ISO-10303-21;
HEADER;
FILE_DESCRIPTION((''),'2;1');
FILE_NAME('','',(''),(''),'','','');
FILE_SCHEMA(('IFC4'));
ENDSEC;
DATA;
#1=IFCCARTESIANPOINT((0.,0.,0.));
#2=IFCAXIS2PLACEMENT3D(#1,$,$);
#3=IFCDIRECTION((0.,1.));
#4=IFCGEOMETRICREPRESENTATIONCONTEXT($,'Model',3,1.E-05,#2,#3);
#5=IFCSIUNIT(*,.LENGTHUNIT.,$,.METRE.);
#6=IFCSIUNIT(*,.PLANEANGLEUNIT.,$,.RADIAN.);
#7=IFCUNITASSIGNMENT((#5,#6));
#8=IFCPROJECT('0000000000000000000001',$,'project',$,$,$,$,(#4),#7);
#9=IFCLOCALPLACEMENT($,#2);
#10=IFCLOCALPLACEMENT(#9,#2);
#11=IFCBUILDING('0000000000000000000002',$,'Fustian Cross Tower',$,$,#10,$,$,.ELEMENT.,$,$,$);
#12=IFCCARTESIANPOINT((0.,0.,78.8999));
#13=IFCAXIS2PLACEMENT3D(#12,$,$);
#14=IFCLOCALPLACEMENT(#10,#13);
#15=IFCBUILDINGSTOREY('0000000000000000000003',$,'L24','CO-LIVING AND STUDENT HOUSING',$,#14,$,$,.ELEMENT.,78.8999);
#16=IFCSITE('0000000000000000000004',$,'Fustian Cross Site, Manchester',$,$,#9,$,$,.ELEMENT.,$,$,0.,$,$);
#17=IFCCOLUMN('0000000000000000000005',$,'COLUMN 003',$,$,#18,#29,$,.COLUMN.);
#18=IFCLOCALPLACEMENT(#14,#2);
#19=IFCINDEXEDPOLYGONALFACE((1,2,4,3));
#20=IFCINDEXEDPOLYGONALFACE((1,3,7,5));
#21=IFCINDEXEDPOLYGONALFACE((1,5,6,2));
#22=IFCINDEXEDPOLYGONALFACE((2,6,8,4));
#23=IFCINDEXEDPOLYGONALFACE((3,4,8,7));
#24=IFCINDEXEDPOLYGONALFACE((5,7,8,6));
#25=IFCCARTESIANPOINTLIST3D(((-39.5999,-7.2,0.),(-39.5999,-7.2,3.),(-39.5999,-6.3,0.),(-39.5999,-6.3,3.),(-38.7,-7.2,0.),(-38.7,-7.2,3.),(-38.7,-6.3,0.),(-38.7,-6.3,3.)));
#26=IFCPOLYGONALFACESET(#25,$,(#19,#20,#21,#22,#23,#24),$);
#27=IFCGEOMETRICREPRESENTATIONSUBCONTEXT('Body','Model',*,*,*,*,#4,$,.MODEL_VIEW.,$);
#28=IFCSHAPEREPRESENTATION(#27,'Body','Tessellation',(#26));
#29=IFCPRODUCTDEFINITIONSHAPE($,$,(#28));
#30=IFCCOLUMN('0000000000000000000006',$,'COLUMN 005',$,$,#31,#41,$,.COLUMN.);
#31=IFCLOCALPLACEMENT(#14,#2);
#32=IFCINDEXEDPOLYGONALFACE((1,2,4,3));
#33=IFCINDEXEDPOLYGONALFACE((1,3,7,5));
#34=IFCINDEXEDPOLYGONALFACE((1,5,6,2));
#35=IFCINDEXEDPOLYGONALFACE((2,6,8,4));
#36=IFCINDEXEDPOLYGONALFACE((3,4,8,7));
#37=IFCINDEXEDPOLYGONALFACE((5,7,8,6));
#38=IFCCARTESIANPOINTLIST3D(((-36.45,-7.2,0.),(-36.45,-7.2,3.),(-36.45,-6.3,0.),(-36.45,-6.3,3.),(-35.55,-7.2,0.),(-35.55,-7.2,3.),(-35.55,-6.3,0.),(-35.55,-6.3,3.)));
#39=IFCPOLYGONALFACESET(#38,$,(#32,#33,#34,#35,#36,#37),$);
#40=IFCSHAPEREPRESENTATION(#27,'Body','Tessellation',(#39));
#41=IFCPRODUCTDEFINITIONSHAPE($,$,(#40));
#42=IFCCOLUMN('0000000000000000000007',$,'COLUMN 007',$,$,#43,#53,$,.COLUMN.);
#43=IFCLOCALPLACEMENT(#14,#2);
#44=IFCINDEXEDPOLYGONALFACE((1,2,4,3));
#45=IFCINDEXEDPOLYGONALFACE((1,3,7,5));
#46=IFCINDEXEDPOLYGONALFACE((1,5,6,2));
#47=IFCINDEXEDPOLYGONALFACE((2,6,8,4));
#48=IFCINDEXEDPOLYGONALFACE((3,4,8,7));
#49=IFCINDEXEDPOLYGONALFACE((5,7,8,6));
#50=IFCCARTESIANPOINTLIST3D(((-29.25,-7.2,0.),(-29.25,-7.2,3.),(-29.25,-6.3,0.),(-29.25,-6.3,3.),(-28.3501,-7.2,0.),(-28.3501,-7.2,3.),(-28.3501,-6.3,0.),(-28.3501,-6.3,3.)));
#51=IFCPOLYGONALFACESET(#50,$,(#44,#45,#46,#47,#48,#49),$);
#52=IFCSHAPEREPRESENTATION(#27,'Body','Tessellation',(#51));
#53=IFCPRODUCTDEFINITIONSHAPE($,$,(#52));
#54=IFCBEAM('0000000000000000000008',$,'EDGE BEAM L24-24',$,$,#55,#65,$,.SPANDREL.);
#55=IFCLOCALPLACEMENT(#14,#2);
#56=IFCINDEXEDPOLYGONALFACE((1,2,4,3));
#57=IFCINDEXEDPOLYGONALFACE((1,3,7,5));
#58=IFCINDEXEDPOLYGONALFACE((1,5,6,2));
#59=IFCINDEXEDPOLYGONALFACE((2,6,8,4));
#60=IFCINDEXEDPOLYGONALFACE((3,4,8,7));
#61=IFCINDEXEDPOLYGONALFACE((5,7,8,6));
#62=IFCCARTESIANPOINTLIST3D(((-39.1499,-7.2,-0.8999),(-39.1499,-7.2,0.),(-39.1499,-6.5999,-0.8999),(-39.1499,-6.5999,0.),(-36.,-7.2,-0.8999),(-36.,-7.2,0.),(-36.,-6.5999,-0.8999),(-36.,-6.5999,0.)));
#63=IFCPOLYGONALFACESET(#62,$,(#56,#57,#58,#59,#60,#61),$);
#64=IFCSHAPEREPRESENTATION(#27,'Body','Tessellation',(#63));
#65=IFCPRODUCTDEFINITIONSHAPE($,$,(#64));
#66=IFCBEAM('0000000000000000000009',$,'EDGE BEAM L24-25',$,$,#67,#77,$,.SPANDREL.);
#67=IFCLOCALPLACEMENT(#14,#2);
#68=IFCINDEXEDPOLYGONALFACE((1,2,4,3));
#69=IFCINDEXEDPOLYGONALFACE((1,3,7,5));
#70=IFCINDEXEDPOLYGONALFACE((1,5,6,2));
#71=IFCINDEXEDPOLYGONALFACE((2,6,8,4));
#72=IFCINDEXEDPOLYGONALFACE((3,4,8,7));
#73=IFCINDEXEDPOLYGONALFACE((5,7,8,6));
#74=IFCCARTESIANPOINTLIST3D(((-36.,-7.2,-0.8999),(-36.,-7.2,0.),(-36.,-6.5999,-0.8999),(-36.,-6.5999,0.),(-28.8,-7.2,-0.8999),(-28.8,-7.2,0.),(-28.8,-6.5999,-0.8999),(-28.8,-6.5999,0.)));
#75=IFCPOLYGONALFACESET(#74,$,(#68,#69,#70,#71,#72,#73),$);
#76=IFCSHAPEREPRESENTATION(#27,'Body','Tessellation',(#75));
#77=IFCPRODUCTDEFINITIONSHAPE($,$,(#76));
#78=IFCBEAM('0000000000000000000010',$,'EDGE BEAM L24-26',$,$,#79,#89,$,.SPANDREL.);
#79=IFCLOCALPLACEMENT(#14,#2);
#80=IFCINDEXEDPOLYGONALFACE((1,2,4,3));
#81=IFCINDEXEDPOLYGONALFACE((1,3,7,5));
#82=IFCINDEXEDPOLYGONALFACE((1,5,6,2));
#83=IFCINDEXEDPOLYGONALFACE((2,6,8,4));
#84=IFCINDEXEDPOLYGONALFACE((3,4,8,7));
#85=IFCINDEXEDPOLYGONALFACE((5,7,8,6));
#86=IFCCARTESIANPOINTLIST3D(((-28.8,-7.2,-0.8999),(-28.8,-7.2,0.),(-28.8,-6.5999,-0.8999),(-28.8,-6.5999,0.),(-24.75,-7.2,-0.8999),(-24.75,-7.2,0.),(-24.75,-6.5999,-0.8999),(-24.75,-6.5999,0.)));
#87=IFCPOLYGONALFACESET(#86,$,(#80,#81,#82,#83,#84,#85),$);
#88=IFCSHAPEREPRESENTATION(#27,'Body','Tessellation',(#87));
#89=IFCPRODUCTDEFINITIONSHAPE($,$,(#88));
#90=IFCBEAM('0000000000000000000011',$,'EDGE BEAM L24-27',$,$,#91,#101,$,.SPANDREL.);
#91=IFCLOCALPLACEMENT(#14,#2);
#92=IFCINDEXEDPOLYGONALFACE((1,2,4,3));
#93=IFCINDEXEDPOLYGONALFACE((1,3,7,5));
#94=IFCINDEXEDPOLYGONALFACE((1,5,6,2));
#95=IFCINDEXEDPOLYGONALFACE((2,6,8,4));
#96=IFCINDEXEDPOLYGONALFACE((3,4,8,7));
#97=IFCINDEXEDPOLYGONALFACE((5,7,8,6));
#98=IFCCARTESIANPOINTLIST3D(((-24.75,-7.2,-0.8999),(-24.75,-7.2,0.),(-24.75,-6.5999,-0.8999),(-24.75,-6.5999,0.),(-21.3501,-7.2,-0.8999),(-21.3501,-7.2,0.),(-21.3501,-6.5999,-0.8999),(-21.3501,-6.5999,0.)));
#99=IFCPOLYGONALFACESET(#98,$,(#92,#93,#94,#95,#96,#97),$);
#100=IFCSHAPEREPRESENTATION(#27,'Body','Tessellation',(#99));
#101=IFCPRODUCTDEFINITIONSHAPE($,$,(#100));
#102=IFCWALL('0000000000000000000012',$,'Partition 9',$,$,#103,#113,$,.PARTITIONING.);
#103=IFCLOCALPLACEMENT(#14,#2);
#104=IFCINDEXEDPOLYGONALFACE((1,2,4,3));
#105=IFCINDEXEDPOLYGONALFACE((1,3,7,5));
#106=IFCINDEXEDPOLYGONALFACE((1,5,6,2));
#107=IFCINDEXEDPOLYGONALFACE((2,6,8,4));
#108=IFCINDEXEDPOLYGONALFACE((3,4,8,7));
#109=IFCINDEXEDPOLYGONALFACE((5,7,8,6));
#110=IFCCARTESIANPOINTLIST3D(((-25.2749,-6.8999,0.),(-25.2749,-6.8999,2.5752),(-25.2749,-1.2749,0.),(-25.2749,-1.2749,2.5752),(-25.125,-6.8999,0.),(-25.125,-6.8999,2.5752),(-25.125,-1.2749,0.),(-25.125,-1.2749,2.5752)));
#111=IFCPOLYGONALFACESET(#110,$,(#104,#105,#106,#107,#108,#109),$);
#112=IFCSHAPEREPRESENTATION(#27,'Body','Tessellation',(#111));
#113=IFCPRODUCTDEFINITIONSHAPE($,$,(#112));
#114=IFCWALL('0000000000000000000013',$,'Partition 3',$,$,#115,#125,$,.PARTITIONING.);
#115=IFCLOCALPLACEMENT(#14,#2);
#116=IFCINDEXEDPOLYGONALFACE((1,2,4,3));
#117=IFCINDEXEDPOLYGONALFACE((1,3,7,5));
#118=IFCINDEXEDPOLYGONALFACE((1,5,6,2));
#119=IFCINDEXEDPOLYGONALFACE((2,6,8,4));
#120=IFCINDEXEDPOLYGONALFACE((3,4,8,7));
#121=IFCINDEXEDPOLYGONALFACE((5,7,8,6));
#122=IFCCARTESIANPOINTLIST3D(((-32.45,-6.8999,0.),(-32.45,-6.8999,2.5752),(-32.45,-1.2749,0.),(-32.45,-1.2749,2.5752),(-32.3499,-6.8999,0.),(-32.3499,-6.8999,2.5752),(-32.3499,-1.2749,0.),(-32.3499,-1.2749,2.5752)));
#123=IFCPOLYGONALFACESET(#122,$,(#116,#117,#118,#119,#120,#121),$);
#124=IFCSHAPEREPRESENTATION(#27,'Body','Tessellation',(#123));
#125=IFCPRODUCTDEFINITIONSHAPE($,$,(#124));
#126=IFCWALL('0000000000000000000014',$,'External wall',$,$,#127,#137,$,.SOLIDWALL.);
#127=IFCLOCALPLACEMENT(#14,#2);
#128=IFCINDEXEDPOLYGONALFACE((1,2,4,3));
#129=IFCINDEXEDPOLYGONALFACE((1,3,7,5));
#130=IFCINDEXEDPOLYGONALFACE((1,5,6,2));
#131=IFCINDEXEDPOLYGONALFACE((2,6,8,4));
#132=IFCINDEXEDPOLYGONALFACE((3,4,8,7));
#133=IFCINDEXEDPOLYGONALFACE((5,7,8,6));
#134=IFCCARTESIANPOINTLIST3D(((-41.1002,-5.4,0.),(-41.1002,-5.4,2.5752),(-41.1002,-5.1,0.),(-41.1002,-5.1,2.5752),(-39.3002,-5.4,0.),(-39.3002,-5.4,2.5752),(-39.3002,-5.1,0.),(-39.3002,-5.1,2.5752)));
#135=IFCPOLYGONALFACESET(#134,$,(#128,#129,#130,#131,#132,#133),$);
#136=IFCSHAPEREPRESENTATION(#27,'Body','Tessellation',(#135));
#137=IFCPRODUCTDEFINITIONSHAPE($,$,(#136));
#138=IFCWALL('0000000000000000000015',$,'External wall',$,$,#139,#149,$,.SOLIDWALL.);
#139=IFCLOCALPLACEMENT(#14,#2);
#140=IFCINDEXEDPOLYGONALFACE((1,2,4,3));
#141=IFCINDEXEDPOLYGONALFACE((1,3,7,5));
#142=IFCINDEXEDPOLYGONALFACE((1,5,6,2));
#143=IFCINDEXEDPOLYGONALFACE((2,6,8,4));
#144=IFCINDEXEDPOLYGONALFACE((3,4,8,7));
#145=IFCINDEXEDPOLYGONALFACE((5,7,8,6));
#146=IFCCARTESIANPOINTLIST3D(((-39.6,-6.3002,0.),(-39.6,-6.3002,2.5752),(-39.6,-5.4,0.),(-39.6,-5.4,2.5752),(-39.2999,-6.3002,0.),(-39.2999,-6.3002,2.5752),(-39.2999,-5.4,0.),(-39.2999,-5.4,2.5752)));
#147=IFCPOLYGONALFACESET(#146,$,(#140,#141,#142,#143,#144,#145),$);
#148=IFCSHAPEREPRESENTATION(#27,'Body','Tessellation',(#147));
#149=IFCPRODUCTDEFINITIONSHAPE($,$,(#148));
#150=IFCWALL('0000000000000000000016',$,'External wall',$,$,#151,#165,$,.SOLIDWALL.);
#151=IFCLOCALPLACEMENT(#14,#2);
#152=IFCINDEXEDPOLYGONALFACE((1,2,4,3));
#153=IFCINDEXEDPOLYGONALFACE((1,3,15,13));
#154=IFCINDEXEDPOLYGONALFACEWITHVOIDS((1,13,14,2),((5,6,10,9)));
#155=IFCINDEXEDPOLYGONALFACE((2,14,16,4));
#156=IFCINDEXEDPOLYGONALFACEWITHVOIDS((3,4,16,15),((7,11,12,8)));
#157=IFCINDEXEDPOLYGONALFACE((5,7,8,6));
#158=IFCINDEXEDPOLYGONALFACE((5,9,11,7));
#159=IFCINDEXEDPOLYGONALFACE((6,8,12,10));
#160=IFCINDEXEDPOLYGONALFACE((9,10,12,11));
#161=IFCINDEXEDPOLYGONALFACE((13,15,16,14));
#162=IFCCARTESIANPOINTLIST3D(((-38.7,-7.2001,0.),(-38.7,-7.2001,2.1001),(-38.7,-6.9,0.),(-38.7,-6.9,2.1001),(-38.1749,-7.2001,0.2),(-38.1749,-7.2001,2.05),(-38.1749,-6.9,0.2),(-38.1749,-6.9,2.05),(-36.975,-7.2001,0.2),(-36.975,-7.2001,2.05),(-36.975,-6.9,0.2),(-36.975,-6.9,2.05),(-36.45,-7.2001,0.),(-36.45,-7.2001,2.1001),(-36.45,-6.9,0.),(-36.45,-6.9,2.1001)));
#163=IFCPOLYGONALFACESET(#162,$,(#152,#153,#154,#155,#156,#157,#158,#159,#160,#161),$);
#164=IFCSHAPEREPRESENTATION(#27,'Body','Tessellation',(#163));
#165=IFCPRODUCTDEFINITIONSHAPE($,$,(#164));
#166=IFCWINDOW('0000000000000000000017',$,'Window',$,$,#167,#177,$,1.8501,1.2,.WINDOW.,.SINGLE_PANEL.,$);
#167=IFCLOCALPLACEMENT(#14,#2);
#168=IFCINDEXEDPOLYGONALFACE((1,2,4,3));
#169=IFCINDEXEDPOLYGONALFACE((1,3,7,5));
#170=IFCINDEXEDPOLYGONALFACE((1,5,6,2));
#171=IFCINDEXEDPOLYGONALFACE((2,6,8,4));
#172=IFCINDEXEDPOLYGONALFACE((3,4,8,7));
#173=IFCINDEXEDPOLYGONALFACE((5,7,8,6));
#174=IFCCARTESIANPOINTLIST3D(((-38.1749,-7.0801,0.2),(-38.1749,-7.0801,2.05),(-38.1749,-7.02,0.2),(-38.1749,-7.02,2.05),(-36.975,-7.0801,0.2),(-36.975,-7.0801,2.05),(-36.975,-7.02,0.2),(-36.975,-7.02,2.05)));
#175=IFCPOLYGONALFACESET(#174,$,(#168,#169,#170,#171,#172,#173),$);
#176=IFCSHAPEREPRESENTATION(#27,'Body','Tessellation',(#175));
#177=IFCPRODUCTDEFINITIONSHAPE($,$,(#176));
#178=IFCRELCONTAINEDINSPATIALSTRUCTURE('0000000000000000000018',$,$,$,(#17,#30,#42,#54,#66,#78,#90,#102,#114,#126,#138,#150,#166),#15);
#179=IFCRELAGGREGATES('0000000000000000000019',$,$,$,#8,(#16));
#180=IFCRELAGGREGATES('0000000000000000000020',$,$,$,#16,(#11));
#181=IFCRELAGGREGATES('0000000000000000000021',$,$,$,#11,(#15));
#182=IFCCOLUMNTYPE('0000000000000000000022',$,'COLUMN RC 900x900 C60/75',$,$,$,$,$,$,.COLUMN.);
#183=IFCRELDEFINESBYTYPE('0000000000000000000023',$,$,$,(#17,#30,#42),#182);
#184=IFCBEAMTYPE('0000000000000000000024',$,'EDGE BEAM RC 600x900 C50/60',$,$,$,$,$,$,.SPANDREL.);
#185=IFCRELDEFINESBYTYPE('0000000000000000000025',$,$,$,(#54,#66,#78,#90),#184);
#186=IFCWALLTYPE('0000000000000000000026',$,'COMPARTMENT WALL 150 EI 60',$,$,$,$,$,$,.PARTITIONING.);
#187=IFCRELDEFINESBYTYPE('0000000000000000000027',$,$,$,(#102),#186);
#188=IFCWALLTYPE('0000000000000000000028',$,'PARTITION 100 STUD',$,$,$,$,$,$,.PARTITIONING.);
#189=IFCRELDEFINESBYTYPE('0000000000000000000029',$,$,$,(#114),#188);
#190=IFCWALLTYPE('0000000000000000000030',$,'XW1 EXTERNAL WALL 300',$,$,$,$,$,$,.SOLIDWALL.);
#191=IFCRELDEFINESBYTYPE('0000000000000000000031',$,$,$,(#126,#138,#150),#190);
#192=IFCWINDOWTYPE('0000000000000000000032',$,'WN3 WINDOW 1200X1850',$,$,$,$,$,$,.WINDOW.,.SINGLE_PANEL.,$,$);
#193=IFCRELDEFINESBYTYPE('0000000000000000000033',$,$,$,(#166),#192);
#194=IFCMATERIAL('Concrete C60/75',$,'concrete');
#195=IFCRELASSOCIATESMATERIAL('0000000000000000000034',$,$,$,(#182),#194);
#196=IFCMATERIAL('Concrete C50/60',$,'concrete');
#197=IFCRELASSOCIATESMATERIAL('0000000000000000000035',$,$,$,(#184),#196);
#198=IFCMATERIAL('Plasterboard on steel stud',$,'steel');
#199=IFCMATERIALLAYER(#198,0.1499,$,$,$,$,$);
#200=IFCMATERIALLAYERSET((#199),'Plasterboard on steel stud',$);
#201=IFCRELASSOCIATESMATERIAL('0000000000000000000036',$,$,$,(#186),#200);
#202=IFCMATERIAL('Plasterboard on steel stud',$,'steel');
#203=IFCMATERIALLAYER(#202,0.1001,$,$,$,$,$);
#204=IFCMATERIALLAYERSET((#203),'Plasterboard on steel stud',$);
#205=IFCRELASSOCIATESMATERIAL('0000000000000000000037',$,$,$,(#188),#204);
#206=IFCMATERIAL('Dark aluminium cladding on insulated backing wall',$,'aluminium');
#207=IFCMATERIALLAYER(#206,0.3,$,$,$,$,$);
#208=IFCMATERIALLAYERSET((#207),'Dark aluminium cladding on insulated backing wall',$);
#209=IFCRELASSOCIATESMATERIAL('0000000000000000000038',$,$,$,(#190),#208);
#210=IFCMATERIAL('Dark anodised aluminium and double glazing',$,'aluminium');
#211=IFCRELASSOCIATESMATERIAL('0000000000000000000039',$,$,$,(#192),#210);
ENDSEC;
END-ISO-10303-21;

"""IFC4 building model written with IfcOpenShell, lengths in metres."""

from ifc_helpers import new_model, si_unit, direction, frame, frame_2d, origin, origin_2d, place, context, subcontext, project, spatial, rectangle, extrude, material, layer, layer_set, material_profile, profile_set, type_object, element, fill, save


model = new_model("IFC4")

# Units and contexts
model_context = context("Model", 3, precision=1e-05, world=origin(), true_north=direction((0.0, 1.0)))
body_context = subcontext(model_context, "Body", "Model", "MODEL_VIEW")
ifc_project = project(units=[si_unit("LENGTHUNIT", "METRE"), si_unit("PLANEANGLEUNIT", "RADIAN")], contexts=[model_context])

# Site, building, storey
site_placement = place(None, origin())
site = spatial("IfcSite", under=ifc_project, at=site_placement, Name="Fustian Cross Site, Manchester", CompositionType="ELEMENT", RefElevation=0.0)
building_placement = place(site_placement, origin())
building = spatial("IfcBuilding", under=site, at=building_placement, Name="Fustian Cross Tower", CompositionType="ELEMENT")
storey_placement = place(building_placement, frame((0.0, 0.0, 78.8999)))
storey = spatial("IfcBuildingStorey", under=building, at=storey_placement, Name="L24", Description="CO-LIVING AND STUDENT HOUSING", CompositionType="ELEMENT", Elevation=78.8999)

# Columns
ifc_material_1 = material(Name="Concrete C60/75", Category="concrete")
ifc_material_profile_1 = material_profile(ifc_material_1, rectangle(XDim=0.8999, YDim=0.8999, at=origin_2d()), Name="RC 900x900")
ifc_profile_set_1 = profile_set([ifc_material_profile_1], Name="Concrete C60/75")
column_type = type_object("IfcColumnType", Name="COLUMN RC 900x900 C60/75", PredefinedType="COLUMN", material=ifc_profile_set_1)
for number, where, z_axis, x_axis, name in (
    (1, (-39.1499, -6.75, 0.0), (0.0, 0.0, 1.0), (1.0, 0.0, 0.0), "COLUMN 003"),
    (2, (-36.0, -6.75, 0.0), (0.0, 0.0, 1.0), (1.0, 0.0, 0.0), "COLUMN 005"),
    (3, (-28.8, -6.75, 0.0), (0.0, 0.0, 1.0), (1.0, 0.0, 0.0), "COLUMN 007"),
):
    element("IfcColumn", number, at=place(storey_placement, frame(where, z_axis=z_axis, x_axis=x_axis)), inside=storey, type_object=column_type, Name=name, PredefinedType="COLUMN", context=body_context, shape_type="SweptSolid", body=[
        extrude(rectangle(XDim=0.8999, YDim=0.8999, at=origin_2d()), origin(), (0.0, 0.0, 1.0), 3.0),
    ])

# Beams
ifc_material_2 = material(Name="Concrete C50/60", Category="concrete")
ifc_material_profile_2 = material_profile(ifc_material_2, rectangle(XDim=0.6001, YDim=0.8999, at=origin_2d()), Name="RC 600x900")
ifc_profile_set_2 = profile_set([ifc_material_profile_2], Name="Concrete C50/60")
beam_type = type_object("IfcBeamType", Name="EDGE BEAM RC 600x900 C50/60", PredefinedType="SPANDREL", material=ifc_profile_set_2)
beam_1_placement = place(storey_placement, frame((-39.1499, -6.8999, -0.45), z_axis=(1.0, 0.0, 0.0), x_axis=(0.0, 1.0, 0.0)))
element("IfcBeam", 4, at=beam_1_placement, inside=storey, type_object=beam_type, Name="EDGE BEAM L24-24", PredefinedType="SPANDREL", context=body_context, shape_type="SweptSolid", body=[
    extrude(rectangle(XDim=0.6001, YDim=0.8999, at=origin_2d()), origin(), (0.0, 0.0, 1.0), 3.1499),
])
beam_2_placement = place(storey_placement, frame((-36.0, -6.8999, -0.45), z_axis=(1.0, 0.0, 0.0), x_axis=(0.0, 1.0, 0.0)))
element("IfcBeam", 5, at=beam_2_placement, inside=storey, type_object=beam_type, Name="EDGE BEAM L24-25", PredefinedType="SPANDREL", context=body_context, shape_type="SweptSolid", body=[
    extrude(rectangle(XDim=0.6001, YDim=0.8999, at=origin_2d()), origin(), (0.0, 0.0, 1.0), 7.2),
])
beam_3_placement = place(storey_placement, frame((-28.8, -6.8999, -0.45), z_axis=(1.0, 0.0, 0.0), x_axis=(0.0, 1.0, 0.0)))
element("IfcBeam", 6, at=beam_3_placement, inside=storey, type_object=beam_type, Name="EDGE BEAM L24-26", PredefinedType="SPANDREL", context=body_context, shape_type="SweptSolid", body=[
    extrude(rectangle(XDim=0.6001, YDim=0.8999, at=origin_2d()), origin(), (0.0, 0.0, 1.0), 4.05),
])
beam_4_placement = place(storey_placement, frame((-24.75, -6.8999, -0.45), z_axis=(1.0, 0.0, 0.0), x_axis=(0.0, 1.0, 0.0)))
element("IfcBeam", 7, at=beam_4_placement, inside=storey, type_object=beam_type, Name="EDGE BEAM L24-27", PredefinedType="SPANDREL", context=body_context, shape_type="SweptSolid", body=[
    extrude(rectangle(XDim=0.6001, YDim=0.8999, at=origin_2d()), origin(), (0.0, 0.0, 1.0), 3.3999),
])

# Walls
ifc_material_3 = material(Name="Plasterboard on steel stud", Category="steel")
ifc_layer_1 = layer(ifc_material_3, 0.1499)
ifc_layer_set_1 = layer_set([ifc_layer_1], Name="Plasterboard on steel stud")
wall_type_1 = type_object("IfcWallType", Name="COMPARTMENT WALL 150 EI 60", PredefinedType="PARTITIONING", material=ifc_layer_set_1)
wall_1_placement = place(storey_placement, frame((-25.2, -6.8999, 0.0), z_axis=(0.0, 0.0, 1.0), x_axis=(0.0, 1.0, 0.0)))
element("IfcWall", 8, at=wall_1_placement, inside=storey, type_object=wall_type_1, Name="Partition 9", PredefinedType="PARTITIONING", context=body_context, shape_type="SweptSolid", body=[
    extrude(rectangle(XDim=5.625, YDim=0.1499, at=frame_2d((2.8125, 0.0))), origin(), (0.0, 0.0, 1.0), 2.5752),
])
ifc_material_4 = material(Name="Plasterboard on steel stud", Category="steel")
ifc_layer_2 = layer(ifc_material_4, 0.1001)
ifc_layer_set_2 = layer_set([ifc_layer_2], Name="Plasterboard on steel stud")
wall_type_2 = type_object("IfcWallType", Name="PARTITION 100 STUD", PredefinedType="PARTITIONING", material=ifc_layer_set_2)
wall_2_placement = place(storey_placement, frame((-32.3999, -6.8999, 0.0), z_axis=(0.0, 0.0, 1.0), x_axis=(0.0, 1.0, 0.0)))
element("IfcWall", 9, at=wall_2_placement, inside=storey, type_object=wall_type_2, Name="Partition 3", PredefinedType="PARTITIONING", context=body_context, shape_type="SweptSolid", body=[
    extrude(rectangle(XDim=5.625, YDim=0.1001, at=frame_2d((2.8125, 0.0))), origin(), (0.0, 0.0, 1.0), 2.5752),
])
ifc_material_5 = material(Name="Dark aluminium cladding on insulated backing wall", Category="aluminium")
ifc_layer_3 = layer(ifc_material_5, 0.3)
ifc_layer_set_3 = layer_set([ifc_layer_3], Name="Dark aluminium cladding on insulated backing wall")
wall_type_3 = type_object("IfcWallType", Name="XW1 EXTERNAL WALL 300", PredefinedType="SOLIDWALL", material=ifc_layer_set_3)
wall_3_placement = place(storey_placement, frame((-41.1001, -5.25, 0.0), z_axis=(0.0, 0.0, 1.0), x_axis=(1.0, 0.0, 0.0)))
element("IfcWall", 10, at=wall_3_placement, inside=storey, type_object=wall_type_3, Name="External wall", PredefinedType="SOLIDWALL", context=body_context, shape_type="SweptSolid", body=[
    extrude(rectangle(XDim=1.8, YDim=0.3, at=frame_2d((0.8999, 0.0))), origin(), (0.0, 0.0, 1.0), 2.5752),
])
wall_4_placement = place(storey_placement, frame((-39.45, -5.3999, 0.0), z_axis=(0.0, 0.0, 1.0), x_axis=(0.0, -1.0, 0.0)))
element("IfcWall", 11, at=wall_4_placement, inside=storey, type_object=wall_type_3, Name="External wall", PredefinedType="SOLIDWALL", context=body_context, shape_type="SweptSolid", body=[
    extrude(rectangle(XDim=0.9001, YDim=0.3, at=frame_2d((0.4502, 0.0))), origin(), (0.0, 0.0, 1.0), 2.5752),
])

# Wall, opening, window
wall_5_placement = place(storey_placement, frame((-38.7, -7.05, 0.0), z_axis=(0.0, 0.0, 1.0), x_axis=(1.0, 0.0, 0.0)))
wall_5 = element("IfcWall", 12, at=wall_5_placement, inside=storey, type_object=wall_type_3, Name="External wall", PredefinedType="SOLIDWALL", context=body_context, shape_type="SweptSolid", body=[
    extrude(rectangle(XDim=2.25, YDim=0.3, at=frame_2d((1.125, 0.0))), origin(), (0.0, 0.0, 1.0), 2.1001),
])
opening_1_placement = place(wall_5_placement, frame((0.5249, 0.0, 0.2)))
opening_1 = element("IfcOpeningElement", 13, at=opening_1_placement, cuts=wall_5, PredefinedType="OPENING", context=body_context, shape_type="SweptSolid", body=[
    extrude(rectangle(XDim=1.2, YDim=1.8501, at=frame_2d((0.6001, 0.925))), frame((0.0, 0.1599, 0.0), z_axis=(0.0, -1.0, 0.0), x_axis=(1.0, 0.0, 0.0)), (0.0, 0.0, 1.0), 0.3201),
])
ifc_material_6 = material(Name="Dark anodised aluminium and double glazing", Category="aluminium")
window_type_1 = type_object("IfcWindowType", Name="WN3 WINDOW 1200X1850", PartitioningType="SINGLE_PANEL", PredefinedType="WINDOW", material=ifc_material_6)
window_1_placement = place(opening_1_placement, origin())
window_1 = element("IfcWindow", 14, at=window_1_placement, inside=storey, type_object=window_type_1, Name="Window", OverallHeight=1.8501, OverallWidth=1.2, PartitioningType="SINGLE_PANEL", PredefinedType="WINDOW", context=body_context, shape_type="SweptSolid", body=[
    extrude(rectangle(XDim=1.2, YDim=1.8501, at=frame_2d((0.6001, 0.925))), frame((0.0, 0.03, 0.0), z_axis=(0.0, -1.0, 0.0), x_axis=(1.0, 0.0, 0.0)), (0.0, 0.0, 1.0), 0.0601),
])
fill(opening_1, window_1)

save(model, "model.ifc")
